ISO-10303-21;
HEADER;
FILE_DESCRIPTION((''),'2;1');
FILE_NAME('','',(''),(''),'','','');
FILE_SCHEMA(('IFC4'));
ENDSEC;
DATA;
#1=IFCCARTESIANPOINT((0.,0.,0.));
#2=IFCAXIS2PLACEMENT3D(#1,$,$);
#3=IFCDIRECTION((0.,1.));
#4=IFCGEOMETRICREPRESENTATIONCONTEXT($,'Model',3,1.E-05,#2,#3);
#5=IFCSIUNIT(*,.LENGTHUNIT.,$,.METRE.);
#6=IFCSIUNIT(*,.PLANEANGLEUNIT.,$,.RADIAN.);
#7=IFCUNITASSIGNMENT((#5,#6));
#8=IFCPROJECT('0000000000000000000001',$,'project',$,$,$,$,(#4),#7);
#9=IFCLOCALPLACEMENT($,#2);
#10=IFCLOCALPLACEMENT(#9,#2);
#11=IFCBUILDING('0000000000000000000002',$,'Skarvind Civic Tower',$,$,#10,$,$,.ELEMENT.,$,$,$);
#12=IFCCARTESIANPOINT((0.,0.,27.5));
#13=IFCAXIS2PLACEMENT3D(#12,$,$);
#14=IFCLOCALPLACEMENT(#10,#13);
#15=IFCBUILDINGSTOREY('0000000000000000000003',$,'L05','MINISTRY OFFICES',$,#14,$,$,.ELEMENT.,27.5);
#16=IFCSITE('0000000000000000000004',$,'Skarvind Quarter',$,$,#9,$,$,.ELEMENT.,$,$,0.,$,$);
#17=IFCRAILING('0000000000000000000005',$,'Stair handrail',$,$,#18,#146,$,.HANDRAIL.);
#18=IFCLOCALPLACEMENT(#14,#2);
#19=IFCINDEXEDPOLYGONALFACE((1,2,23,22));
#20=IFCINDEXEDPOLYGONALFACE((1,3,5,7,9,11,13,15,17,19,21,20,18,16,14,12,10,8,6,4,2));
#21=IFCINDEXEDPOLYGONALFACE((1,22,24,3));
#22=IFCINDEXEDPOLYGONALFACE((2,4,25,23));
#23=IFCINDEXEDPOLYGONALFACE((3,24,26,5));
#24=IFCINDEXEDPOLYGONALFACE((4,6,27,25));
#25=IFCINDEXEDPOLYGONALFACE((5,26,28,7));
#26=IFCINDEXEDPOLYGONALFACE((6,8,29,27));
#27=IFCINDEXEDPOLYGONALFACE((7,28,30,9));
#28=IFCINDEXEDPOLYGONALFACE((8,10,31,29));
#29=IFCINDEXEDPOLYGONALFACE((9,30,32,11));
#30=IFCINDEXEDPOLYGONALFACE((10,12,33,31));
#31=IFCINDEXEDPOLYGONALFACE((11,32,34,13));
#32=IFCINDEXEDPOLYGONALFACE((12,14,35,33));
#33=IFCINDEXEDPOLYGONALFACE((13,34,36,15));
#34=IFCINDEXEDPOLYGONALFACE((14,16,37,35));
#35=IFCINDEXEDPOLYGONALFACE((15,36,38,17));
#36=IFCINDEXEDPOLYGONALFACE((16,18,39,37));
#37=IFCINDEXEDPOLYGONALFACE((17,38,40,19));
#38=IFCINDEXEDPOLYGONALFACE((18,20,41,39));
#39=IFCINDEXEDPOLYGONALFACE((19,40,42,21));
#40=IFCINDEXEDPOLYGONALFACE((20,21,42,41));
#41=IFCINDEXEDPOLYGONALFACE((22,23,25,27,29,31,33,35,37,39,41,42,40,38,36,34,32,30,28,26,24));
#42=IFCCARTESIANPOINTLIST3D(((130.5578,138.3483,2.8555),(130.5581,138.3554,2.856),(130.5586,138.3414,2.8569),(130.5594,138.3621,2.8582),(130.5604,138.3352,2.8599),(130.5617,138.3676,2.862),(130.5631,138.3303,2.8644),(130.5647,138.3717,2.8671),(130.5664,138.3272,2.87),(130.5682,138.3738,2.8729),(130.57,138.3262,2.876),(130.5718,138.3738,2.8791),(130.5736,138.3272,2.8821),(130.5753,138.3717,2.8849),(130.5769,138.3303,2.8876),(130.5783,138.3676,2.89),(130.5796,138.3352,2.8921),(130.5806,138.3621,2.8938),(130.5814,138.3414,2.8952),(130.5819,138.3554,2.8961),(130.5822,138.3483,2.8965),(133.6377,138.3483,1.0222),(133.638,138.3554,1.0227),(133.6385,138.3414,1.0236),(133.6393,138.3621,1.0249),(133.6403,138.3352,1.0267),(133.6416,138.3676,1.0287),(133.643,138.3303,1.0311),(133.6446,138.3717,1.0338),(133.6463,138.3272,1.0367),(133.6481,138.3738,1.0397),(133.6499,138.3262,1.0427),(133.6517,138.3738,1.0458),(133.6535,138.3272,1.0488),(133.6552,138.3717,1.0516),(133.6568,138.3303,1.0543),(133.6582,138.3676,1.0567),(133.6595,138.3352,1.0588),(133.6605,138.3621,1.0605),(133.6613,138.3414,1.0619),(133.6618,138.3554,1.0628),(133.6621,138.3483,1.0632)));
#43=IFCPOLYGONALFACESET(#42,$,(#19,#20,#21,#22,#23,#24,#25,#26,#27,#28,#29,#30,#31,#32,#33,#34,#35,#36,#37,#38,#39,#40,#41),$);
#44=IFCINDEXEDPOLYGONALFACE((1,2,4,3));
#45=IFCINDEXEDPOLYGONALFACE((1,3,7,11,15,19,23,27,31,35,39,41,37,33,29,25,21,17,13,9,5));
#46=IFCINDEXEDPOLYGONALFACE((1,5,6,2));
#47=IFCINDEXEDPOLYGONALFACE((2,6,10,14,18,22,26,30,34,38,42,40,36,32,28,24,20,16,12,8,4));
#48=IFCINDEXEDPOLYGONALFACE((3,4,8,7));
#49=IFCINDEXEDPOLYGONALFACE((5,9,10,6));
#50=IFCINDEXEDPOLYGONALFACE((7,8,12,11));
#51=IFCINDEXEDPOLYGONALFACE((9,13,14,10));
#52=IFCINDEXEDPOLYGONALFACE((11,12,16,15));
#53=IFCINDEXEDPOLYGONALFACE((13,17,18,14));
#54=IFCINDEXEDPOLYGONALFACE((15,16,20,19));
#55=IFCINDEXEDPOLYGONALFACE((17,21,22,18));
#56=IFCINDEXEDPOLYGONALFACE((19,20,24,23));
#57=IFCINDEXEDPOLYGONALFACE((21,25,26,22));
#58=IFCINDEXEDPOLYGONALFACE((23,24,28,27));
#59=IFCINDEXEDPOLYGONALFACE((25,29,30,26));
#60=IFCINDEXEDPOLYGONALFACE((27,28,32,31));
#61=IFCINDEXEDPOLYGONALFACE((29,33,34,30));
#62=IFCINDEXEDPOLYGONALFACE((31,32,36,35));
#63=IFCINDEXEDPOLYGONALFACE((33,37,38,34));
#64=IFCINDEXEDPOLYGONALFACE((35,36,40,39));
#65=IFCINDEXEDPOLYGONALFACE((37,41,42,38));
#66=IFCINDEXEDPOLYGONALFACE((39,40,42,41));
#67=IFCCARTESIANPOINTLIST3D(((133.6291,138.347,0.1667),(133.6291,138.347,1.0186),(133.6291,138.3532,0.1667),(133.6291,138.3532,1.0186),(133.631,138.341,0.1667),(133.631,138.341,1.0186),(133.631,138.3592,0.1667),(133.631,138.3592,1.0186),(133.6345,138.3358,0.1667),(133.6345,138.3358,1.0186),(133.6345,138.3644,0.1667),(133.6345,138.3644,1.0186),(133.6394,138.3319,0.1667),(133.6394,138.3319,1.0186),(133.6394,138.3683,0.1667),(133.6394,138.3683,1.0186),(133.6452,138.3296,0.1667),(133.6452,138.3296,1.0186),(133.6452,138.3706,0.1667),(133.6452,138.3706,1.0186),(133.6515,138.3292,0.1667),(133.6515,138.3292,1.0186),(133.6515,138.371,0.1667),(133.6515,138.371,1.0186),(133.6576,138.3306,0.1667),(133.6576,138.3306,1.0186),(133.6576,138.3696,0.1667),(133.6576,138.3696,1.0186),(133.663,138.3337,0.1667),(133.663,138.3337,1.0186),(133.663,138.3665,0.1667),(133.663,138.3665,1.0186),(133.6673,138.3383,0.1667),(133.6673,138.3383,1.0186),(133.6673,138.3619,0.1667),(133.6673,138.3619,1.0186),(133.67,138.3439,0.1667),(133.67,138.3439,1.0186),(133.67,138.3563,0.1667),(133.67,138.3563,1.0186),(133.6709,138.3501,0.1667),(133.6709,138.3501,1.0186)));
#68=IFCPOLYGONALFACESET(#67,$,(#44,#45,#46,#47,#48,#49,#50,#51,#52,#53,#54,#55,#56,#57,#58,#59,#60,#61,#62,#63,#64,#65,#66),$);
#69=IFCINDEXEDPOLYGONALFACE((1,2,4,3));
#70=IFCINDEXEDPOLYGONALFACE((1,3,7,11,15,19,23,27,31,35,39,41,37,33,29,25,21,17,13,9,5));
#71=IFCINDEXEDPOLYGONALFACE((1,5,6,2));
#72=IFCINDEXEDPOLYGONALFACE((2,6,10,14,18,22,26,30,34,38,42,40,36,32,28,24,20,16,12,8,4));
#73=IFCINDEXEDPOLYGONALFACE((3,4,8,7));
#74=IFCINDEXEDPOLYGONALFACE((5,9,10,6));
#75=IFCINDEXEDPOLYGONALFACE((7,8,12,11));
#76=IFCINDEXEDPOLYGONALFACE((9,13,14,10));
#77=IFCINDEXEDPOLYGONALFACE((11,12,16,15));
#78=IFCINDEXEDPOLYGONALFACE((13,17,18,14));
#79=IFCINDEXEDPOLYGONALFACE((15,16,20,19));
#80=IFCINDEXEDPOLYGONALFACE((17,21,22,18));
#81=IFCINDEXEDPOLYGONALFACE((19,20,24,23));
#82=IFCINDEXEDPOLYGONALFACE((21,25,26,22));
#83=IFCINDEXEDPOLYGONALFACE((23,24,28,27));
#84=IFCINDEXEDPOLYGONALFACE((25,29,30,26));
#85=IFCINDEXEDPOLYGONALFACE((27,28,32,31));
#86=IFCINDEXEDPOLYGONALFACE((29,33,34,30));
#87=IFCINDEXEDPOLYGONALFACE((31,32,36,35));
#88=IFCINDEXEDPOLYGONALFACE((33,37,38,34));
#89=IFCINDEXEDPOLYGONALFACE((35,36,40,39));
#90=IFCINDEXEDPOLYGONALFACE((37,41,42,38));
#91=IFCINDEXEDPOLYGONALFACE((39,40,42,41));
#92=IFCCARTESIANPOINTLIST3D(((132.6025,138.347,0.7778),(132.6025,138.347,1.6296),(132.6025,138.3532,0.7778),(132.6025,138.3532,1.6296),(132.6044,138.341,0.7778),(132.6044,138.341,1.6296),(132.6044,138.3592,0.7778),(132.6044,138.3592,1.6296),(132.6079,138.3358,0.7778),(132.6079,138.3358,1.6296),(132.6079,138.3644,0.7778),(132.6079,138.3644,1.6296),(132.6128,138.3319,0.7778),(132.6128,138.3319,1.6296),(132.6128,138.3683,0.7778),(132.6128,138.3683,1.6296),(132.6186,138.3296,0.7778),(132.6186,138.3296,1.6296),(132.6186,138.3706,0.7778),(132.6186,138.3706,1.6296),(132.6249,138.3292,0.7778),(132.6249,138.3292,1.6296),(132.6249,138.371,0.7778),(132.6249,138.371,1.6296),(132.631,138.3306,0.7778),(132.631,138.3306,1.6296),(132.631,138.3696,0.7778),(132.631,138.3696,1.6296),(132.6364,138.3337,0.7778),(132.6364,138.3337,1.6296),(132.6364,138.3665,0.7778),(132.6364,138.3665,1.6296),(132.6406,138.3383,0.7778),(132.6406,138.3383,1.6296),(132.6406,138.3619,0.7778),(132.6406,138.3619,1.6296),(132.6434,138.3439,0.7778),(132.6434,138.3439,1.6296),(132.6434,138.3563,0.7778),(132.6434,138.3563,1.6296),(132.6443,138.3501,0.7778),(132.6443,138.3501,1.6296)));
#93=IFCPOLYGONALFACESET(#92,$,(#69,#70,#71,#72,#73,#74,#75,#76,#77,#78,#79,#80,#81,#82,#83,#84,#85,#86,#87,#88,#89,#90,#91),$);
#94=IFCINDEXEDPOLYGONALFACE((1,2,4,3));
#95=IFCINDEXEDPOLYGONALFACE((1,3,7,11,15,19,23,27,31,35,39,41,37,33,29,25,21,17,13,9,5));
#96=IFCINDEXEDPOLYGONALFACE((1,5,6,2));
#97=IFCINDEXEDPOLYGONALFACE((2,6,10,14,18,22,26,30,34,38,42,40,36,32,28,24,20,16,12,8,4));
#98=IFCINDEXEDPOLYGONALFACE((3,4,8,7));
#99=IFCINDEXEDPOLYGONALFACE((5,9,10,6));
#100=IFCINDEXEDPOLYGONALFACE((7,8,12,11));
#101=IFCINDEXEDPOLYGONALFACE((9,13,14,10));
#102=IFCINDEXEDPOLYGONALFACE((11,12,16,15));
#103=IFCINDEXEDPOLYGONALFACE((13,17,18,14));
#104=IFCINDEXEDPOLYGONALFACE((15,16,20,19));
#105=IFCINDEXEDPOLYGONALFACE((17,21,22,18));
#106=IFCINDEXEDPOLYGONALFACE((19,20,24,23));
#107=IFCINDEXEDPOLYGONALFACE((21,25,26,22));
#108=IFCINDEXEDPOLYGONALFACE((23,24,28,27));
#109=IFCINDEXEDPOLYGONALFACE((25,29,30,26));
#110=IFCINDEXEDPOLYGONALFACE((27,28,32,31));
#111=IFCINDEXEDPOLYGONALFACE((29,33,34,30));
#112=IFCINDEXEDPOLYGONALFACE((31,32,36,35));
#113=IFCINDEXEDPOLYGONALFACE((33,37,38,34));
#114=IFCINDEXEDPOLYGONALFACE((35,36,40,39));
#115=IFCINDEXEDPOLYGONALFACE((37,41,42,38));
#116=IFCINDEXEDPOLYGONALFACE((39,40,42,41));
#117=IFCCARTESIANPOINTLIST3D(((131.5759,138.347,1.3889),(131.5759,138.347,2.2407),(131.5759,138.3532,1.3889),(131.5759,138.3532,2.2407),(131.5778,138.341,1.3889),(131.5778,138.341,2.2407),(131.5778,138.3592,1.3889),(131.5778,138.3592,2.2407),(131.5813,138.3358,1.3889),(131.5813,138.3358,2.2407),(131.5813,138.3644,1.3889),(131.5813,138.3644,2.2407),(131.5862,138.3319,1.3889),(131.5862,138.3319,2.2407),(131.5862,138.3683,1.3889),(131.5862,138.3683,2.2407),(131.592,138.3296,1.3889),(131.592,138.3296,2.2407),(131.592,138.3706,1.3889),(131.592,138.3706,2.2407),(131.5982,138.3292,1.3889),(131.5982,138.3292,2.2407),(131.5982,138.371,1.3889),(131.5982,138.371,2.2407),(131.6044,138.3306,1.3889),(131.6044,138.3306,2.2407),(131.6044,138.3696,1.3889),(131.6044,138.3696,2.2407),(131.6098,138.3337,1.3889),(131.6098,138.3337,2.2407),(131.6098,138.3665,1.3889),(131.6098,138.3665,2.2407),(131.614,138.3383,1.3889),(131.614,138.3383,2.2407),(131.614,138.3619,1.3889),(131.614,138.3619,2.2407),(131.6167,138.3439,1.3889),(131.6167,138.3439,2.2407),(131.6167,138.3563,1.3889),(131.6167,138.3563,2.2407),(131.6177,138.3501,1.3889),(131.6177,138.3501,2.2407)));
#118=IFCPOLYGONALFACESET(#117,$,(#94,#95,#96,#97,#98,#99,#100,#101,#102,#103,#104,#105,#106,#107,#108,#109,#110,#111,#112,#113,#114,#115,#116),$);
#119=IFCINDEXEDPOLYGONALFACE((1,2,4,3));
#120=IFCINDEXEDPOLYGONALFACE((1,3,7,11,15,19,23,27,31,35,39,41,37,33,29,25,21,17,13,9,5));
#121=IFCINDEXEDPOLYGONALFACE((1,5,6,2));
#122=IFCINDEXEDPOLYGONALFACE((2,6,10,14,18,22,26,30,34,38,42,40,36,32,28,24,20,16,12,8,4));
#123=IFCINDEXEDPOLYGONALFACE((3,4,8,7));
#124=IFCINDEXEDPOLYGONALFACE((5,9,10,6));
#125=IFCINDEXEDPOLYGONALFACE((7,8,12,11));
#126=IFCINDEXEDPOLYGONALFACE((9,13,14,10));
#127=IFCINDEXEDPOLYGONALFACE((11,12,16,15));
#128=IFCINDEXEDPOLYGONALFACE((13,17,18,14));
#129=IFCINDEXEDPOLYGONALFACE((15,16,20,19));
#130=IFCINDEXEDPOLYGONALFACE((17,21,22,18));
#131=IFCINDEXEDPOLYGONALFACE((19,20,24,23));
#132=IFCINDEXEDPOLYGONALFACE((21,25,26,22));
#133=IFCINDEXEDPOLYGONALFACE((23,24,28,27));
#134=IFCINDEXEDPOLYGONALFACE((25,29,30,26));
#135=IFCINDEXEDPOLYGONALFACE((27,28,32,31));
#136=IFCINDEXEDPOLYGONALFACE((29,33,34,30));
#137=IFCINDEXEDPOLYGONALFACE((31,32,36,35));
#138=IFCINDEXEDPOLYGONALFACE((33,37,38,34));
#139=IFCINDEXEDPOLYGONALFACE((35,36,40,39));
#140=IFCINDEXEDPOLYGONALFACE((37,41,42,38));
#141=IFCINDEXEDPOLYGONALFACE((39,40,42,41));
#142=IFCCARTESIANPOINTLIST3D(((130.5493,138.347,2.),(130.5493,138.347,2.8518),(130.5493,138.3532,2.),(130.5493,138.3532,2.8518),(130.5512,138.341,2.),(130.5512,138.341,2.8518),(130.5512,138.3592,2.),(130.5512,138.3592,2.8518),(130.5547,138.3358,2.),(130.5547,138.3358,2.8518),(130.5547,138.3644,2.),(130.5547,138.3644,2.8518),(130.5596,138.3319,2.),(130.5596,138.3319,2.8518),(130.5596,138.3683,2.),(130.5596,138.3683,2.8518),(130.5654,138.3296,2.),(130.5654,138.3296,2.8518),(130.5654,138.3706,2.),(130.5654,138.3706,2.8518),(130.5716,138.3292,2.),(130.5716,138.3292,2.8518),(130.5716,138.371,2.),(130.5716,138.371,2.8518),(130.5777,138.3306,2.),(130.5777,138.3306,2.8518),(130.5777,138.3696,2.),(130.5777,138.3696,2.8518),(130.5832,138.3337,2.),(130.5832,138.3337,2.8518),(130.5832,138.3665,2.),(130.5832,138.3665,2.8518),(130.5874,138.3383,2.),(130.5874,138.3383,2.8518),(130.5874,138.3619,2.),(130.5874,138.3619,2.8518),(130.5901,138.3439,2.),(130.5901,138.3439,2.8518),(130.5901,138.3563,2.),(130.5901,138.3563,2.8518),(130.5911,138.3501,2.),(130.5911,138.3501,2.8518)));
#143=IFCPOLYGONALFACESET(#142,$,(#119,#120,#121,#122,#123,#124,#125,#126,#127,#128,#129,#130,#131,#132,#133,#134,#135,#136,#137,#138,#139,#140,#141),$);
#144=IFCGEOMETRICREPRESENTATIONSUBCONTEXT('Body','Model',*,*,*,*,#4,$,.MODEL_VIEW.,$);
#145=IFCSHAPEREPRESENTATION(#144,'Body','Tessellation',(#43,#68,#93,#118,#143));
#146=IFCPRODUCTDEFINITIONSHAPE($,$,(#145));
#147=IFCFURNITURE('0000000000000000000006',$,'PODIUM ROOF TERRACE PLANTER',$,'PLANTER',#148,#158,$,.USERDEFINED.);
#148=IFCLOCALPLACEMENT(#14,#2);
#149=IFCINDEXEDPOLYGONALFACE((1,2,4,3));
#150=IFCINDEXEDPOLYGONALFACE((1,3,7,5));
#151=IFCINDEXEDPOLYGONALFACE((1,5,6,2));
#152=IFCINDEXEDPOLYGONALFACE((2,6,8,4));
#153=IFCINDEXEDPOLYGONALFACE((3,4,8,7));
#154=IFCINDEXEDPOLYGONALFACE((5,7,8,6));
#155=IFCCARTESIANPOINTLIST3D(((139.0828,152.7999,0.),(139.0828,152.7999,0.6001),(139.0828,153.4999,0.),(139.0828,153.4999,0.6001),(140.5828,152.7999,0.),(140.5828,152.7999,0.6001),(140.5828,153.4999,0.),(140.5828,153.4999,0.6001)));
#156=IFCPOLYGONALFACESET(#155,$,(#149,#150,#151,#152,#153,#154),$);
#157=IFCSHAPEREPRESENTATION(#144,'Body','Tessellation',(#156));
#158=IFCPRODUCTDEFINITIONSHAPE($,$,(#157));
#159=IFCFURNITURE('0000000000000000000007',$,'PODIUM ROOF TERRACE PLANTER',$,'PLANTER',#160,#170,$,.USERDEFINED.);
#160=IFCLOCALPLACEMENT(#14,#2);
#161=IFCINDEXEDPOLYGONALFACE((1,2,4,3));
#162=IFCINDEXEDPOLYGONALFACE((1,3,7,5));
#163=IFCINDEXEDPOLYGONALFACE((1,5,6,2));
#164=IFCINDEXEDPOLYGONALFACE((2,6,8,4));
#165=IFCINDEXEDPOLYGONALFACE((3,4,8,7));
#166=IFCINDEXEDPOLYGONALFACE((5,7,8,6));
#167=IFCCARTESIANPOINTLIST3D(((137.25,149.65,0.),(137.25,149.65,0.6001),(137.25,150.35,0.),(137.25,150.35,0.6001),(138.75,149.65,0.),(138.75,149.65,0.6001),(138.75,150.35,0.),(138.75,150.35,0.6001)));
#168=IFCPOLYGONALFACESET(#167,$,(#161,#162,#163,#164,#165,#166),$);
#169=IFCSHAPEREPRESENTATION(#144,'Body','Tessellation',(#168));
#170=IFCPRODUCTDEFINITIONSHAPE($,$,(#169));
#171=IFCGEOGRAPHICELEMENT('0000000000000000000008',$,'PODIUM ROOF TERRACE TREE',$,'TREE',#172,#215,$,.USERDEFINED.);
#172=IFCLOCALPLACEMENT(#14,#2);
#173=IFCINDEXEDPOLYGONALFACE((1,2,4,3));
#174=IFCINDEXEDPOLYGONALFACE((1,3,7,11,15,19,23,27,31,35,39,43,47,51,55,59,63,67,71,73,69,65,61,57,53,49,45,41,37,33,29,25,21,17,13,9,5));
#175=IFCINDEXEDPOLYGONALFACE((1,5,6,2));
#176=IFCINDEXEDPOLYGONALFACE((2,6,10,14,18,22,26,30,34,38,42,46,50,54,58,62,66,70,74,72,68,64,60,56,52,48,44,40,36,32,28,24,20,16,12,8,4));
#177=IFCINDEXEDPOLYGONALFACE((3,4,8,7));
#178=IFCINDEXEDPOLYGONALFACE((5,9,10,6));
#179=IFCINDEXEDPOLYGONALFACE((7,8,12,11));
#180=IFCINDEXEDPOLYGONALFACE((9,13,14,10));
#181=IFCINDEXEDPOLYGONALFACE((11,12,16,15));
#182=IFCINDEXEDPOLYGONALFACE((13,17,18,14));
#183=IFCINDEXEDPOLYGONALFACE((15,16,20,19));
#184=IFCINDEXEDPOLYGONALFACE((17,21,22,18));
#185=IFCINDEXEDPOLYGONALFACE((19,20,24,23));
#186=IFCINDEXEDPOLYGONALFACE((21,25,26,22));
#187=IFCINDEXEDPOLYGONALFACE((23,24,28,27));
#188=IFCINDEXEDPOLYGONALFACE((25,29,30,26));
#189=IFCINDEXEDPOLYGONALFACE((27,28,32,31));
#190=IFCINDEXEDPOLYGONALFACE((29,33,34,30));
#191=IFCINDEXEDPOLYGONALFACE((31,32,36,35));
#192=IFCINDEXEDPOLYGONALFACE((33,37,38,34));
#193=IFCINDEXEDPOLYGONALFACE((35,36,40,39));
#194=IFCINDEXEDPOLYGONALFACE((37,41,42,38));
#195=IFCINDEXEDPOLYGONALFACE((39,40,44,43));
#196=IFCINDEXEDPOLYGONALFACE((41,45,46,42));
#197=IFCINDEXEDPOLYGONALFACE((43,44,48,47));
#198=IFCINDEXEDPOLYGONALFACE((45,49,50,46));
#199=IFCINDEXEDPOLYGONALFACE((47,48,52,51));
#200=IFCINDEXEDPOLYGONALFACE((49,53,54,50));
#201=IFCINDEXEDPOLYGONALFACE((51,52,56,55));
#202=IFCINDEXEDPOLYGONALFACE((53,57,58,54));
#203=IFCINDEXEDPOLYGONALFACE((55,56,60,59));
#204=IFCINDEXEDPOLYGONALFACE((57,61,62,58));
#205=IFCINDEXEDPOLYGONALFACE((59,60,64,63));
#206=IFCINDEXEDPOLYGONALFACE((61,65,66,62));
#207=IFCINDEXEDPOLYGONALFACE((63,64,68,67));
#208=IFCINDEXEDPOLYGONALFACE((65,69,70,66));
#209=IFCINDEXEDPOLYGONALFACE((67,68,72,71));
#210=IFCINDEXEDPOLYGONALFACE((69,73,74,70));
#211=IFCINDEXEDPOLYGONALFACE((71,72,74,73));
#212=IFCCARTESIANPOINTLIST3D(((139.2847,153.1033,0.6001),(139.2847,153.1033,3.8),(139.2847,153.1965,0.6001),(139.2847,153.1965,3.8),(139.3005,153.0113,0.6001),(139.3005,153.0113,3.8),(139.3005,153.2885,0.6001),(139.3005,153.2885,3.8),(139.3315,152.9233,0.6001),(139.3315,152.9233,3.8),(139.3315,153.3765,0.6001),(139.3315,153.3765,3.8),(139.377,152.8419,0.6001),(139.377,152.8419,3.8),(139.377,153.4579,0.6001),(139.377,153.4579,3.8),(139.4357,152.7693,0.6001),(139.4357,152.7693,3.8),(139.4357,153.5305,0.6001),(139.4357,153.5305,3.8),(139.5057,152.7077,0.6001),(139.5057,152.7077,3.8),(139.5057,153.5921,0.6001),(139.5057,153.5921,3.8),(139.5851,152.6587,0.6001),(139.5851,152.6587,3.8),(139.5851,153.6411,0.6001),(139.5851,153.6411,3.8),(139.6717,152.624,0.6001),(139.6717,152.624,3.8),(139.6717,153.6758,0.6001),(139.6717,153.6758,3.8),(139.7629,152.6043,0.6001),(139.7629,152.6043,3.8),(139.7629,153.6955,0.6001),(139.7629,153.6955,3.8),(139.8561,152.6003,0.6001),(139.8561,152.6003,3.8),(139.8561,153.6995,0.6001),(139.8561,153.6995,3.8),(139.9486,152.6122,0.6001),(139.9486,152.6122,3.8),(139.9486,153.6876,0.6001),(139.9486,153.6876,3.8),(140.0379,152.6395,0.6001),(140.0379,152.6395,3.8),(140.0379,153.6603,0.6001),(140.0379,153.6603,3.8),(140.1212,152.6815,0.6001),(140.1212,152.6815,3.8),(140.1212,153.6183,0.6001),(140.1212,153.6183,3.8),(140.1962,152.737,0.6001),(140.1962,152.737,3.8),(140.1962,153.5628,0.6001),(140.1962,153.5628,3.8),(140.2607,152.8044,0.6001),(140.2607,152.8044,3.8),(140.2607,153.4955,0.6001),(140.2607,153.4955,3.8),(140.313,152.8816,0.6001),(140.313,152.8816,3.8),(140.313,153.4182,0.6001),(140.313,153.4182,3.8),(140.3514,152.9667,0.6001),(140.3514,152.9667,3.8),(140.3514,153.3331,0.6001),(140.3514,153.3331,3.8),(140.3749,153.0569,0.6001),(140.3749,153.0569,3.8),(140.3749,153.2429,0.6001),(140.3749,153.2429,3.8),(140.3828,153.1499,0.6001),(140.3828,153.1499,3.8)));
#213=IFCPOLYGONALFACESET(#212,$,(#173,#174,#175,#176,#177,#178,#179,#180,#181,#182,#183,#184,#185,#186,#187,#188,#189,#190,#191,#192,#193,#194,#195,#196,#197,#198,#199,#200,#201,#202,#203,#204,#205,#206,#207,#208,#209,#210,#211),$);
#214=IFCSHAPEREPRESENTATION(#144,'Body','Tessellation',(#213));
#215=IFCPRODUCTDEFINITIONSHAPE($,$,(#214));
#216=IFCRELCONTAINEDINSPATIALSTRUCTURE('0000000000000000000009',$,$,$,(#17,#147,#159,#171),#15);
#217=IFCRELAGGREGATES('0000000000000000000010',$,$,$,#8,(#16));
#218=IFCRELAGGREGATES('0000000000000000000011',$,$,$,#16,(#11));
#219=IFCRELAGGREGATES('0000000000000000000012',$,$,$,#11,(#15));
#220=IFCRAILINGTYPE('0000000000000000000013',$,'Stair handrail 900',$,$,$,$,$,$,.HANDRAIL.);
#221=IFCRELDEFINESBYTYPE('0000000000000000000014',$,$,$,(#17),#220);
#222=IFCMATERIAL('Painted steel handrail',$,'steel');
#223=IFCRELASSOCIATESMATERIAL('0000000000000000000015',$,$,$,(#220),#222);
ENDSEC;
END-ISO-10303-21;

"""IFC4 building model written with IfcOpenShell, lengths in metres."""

from ifc_helpers import new_model, si_unit, direction, frame, origin, origin_2d, place, context, subcontext, project, spatial, rectangle, circle, extrude, material, type_object, element, save


model = new_model("IFC4")

# Units and contexts
model_context = context("Model", 3, precision=1e-05, world=origin(), true_north=direction((0.0, 1.0)))
body_context = subcontext(model_context, "Body", "Model", "MODEL_VIEW")
ifc_project = project(units=[si_unit("LENGTHUNIT", "METRE"), si_unit("PLANEANGLEUNIT", "RADIAN")], contexts=[model_context])

# Site, building, storey
site_placement = place(None, origin())
site = spatial("IfcSite", under=ifc_project, at=site_placement, Name="Skarvind Quarter", CompositionType="ELEMENT", RefElevation=0.0)
building_placement = place(site_placement, origin())
building = spatial("IfcBuilding", under=site, at=building_placement, Name="Skarvind Civic Tower", CompositionType="ELEMENT")
storey_placement = place(building_placement, frame((0.0, 0.0, 27.5)))
storey = spatial("IfcBuildingStorey", under=building, at=storey_placement, Name="L05", Description="MINISTRY OFFICES", CompositionType="ELEMENT", Elevation=27.5)

# Railing
ifc_material_1 = material(Name="Painted steel handrail", Category="steel")
railing_type = type_object("IfcRailingType", Name="Stair handrail 900", PredefinedType="HANDRAIL", material=ifc_material_1)
railing_placement = place(storey_placement, frame((133.6499, 138.3501, 0.1667)))
element("IfcRailing", 1, at=railing_placement, inside=storey, type_object=railing_type, Name="Stair handrail", PredefinedType="HANDRAIL", context=body_context, shape_type="SweptSolid", body=[
    extrude(circle(Radius=0.0239, at=origin_2d()), frame((0.0, 0.0, 0.876), z_axis=(-0.859291, 0.0, 0.511487), x_axis=(0.0, -1.0, 0.0)), (0.0, 0.0, 1.0), 3.5842),
    extrude(circle(Radius=0.021, at=origin_2d()), origin(), (0.0, 0.0, 1.0), 0.8518),
    extrude(circle(Radius=0.021, at=origin_2d()), frame((-1.0266, 0.0, 0.6111)), (0.0, 0.0, 1.0), 0.8518),
    extrude(circle(Radius=0.021, at=origin_2d()), frame((-2.0532, 0.0, 1.2222)), (0.0, 0.0, 1.0), 0.8518),
    extrude(circle(Radius=0.021, at=origin_2d()), frame((-3.0798, 0.0, 1.8333)), (0.0, 0.0, 1.0), 0.8518),
])

# Furniture
for number, where, z_axis, x_axis, name in (
    (2, (139.8328, 153.1499, 0.0), (0.0, 0.0, 1.0), (1.0, 0.0, 0.0), "PODIUM ROOF TERRACE PLANTER"),
    (3, (138.0, 150.0, 0.0), (0.0, 0.0, 1.0), (1.0, 0.0, 0.0), "PODIUM ROOF TERRACE PLANTER"),
):
    element("IfcFurniture", number, at=place(storey_placement, frame(where, z_axis=z_axis, x_axis=x_axis)), inside=storey, Name=name, ObjectType="PLANTER", PredefinedType="USERDEFINED", context=body_context, shape_type="SweptSolid", body=[
        extrude(rectangle(XDim=1.5, YDim=0.7, at=origin_2d()), origin(), (0.0, 0.0, 1.0), 0.6001),
    ])

# Geographic element
for number, where, z_axis, x_axis, name in (
    (4, (139.8328, 153.1499, 0.6001), (0.0, 0.0, 1.0), (1.0, 0.0, 0.0), "PODIUM ROOF TERRACE TREE"),
):
    element("IfcGeographicElement", number, at=place(storey_placement, frame(where, z_axis=z_axis, x_axis=x_axis)), inside=storey, Name=name, ObjectType="TREE", PredefinedType="USERDEFINED", context=body_context, shape_type="SweptSolid", body=[
        extrude(circle(Radius=0.55, at=origin_2d()), origin(), (0.0, 0.0, 1.0), 3.2),
    ])

save(model, "model.ifc")
